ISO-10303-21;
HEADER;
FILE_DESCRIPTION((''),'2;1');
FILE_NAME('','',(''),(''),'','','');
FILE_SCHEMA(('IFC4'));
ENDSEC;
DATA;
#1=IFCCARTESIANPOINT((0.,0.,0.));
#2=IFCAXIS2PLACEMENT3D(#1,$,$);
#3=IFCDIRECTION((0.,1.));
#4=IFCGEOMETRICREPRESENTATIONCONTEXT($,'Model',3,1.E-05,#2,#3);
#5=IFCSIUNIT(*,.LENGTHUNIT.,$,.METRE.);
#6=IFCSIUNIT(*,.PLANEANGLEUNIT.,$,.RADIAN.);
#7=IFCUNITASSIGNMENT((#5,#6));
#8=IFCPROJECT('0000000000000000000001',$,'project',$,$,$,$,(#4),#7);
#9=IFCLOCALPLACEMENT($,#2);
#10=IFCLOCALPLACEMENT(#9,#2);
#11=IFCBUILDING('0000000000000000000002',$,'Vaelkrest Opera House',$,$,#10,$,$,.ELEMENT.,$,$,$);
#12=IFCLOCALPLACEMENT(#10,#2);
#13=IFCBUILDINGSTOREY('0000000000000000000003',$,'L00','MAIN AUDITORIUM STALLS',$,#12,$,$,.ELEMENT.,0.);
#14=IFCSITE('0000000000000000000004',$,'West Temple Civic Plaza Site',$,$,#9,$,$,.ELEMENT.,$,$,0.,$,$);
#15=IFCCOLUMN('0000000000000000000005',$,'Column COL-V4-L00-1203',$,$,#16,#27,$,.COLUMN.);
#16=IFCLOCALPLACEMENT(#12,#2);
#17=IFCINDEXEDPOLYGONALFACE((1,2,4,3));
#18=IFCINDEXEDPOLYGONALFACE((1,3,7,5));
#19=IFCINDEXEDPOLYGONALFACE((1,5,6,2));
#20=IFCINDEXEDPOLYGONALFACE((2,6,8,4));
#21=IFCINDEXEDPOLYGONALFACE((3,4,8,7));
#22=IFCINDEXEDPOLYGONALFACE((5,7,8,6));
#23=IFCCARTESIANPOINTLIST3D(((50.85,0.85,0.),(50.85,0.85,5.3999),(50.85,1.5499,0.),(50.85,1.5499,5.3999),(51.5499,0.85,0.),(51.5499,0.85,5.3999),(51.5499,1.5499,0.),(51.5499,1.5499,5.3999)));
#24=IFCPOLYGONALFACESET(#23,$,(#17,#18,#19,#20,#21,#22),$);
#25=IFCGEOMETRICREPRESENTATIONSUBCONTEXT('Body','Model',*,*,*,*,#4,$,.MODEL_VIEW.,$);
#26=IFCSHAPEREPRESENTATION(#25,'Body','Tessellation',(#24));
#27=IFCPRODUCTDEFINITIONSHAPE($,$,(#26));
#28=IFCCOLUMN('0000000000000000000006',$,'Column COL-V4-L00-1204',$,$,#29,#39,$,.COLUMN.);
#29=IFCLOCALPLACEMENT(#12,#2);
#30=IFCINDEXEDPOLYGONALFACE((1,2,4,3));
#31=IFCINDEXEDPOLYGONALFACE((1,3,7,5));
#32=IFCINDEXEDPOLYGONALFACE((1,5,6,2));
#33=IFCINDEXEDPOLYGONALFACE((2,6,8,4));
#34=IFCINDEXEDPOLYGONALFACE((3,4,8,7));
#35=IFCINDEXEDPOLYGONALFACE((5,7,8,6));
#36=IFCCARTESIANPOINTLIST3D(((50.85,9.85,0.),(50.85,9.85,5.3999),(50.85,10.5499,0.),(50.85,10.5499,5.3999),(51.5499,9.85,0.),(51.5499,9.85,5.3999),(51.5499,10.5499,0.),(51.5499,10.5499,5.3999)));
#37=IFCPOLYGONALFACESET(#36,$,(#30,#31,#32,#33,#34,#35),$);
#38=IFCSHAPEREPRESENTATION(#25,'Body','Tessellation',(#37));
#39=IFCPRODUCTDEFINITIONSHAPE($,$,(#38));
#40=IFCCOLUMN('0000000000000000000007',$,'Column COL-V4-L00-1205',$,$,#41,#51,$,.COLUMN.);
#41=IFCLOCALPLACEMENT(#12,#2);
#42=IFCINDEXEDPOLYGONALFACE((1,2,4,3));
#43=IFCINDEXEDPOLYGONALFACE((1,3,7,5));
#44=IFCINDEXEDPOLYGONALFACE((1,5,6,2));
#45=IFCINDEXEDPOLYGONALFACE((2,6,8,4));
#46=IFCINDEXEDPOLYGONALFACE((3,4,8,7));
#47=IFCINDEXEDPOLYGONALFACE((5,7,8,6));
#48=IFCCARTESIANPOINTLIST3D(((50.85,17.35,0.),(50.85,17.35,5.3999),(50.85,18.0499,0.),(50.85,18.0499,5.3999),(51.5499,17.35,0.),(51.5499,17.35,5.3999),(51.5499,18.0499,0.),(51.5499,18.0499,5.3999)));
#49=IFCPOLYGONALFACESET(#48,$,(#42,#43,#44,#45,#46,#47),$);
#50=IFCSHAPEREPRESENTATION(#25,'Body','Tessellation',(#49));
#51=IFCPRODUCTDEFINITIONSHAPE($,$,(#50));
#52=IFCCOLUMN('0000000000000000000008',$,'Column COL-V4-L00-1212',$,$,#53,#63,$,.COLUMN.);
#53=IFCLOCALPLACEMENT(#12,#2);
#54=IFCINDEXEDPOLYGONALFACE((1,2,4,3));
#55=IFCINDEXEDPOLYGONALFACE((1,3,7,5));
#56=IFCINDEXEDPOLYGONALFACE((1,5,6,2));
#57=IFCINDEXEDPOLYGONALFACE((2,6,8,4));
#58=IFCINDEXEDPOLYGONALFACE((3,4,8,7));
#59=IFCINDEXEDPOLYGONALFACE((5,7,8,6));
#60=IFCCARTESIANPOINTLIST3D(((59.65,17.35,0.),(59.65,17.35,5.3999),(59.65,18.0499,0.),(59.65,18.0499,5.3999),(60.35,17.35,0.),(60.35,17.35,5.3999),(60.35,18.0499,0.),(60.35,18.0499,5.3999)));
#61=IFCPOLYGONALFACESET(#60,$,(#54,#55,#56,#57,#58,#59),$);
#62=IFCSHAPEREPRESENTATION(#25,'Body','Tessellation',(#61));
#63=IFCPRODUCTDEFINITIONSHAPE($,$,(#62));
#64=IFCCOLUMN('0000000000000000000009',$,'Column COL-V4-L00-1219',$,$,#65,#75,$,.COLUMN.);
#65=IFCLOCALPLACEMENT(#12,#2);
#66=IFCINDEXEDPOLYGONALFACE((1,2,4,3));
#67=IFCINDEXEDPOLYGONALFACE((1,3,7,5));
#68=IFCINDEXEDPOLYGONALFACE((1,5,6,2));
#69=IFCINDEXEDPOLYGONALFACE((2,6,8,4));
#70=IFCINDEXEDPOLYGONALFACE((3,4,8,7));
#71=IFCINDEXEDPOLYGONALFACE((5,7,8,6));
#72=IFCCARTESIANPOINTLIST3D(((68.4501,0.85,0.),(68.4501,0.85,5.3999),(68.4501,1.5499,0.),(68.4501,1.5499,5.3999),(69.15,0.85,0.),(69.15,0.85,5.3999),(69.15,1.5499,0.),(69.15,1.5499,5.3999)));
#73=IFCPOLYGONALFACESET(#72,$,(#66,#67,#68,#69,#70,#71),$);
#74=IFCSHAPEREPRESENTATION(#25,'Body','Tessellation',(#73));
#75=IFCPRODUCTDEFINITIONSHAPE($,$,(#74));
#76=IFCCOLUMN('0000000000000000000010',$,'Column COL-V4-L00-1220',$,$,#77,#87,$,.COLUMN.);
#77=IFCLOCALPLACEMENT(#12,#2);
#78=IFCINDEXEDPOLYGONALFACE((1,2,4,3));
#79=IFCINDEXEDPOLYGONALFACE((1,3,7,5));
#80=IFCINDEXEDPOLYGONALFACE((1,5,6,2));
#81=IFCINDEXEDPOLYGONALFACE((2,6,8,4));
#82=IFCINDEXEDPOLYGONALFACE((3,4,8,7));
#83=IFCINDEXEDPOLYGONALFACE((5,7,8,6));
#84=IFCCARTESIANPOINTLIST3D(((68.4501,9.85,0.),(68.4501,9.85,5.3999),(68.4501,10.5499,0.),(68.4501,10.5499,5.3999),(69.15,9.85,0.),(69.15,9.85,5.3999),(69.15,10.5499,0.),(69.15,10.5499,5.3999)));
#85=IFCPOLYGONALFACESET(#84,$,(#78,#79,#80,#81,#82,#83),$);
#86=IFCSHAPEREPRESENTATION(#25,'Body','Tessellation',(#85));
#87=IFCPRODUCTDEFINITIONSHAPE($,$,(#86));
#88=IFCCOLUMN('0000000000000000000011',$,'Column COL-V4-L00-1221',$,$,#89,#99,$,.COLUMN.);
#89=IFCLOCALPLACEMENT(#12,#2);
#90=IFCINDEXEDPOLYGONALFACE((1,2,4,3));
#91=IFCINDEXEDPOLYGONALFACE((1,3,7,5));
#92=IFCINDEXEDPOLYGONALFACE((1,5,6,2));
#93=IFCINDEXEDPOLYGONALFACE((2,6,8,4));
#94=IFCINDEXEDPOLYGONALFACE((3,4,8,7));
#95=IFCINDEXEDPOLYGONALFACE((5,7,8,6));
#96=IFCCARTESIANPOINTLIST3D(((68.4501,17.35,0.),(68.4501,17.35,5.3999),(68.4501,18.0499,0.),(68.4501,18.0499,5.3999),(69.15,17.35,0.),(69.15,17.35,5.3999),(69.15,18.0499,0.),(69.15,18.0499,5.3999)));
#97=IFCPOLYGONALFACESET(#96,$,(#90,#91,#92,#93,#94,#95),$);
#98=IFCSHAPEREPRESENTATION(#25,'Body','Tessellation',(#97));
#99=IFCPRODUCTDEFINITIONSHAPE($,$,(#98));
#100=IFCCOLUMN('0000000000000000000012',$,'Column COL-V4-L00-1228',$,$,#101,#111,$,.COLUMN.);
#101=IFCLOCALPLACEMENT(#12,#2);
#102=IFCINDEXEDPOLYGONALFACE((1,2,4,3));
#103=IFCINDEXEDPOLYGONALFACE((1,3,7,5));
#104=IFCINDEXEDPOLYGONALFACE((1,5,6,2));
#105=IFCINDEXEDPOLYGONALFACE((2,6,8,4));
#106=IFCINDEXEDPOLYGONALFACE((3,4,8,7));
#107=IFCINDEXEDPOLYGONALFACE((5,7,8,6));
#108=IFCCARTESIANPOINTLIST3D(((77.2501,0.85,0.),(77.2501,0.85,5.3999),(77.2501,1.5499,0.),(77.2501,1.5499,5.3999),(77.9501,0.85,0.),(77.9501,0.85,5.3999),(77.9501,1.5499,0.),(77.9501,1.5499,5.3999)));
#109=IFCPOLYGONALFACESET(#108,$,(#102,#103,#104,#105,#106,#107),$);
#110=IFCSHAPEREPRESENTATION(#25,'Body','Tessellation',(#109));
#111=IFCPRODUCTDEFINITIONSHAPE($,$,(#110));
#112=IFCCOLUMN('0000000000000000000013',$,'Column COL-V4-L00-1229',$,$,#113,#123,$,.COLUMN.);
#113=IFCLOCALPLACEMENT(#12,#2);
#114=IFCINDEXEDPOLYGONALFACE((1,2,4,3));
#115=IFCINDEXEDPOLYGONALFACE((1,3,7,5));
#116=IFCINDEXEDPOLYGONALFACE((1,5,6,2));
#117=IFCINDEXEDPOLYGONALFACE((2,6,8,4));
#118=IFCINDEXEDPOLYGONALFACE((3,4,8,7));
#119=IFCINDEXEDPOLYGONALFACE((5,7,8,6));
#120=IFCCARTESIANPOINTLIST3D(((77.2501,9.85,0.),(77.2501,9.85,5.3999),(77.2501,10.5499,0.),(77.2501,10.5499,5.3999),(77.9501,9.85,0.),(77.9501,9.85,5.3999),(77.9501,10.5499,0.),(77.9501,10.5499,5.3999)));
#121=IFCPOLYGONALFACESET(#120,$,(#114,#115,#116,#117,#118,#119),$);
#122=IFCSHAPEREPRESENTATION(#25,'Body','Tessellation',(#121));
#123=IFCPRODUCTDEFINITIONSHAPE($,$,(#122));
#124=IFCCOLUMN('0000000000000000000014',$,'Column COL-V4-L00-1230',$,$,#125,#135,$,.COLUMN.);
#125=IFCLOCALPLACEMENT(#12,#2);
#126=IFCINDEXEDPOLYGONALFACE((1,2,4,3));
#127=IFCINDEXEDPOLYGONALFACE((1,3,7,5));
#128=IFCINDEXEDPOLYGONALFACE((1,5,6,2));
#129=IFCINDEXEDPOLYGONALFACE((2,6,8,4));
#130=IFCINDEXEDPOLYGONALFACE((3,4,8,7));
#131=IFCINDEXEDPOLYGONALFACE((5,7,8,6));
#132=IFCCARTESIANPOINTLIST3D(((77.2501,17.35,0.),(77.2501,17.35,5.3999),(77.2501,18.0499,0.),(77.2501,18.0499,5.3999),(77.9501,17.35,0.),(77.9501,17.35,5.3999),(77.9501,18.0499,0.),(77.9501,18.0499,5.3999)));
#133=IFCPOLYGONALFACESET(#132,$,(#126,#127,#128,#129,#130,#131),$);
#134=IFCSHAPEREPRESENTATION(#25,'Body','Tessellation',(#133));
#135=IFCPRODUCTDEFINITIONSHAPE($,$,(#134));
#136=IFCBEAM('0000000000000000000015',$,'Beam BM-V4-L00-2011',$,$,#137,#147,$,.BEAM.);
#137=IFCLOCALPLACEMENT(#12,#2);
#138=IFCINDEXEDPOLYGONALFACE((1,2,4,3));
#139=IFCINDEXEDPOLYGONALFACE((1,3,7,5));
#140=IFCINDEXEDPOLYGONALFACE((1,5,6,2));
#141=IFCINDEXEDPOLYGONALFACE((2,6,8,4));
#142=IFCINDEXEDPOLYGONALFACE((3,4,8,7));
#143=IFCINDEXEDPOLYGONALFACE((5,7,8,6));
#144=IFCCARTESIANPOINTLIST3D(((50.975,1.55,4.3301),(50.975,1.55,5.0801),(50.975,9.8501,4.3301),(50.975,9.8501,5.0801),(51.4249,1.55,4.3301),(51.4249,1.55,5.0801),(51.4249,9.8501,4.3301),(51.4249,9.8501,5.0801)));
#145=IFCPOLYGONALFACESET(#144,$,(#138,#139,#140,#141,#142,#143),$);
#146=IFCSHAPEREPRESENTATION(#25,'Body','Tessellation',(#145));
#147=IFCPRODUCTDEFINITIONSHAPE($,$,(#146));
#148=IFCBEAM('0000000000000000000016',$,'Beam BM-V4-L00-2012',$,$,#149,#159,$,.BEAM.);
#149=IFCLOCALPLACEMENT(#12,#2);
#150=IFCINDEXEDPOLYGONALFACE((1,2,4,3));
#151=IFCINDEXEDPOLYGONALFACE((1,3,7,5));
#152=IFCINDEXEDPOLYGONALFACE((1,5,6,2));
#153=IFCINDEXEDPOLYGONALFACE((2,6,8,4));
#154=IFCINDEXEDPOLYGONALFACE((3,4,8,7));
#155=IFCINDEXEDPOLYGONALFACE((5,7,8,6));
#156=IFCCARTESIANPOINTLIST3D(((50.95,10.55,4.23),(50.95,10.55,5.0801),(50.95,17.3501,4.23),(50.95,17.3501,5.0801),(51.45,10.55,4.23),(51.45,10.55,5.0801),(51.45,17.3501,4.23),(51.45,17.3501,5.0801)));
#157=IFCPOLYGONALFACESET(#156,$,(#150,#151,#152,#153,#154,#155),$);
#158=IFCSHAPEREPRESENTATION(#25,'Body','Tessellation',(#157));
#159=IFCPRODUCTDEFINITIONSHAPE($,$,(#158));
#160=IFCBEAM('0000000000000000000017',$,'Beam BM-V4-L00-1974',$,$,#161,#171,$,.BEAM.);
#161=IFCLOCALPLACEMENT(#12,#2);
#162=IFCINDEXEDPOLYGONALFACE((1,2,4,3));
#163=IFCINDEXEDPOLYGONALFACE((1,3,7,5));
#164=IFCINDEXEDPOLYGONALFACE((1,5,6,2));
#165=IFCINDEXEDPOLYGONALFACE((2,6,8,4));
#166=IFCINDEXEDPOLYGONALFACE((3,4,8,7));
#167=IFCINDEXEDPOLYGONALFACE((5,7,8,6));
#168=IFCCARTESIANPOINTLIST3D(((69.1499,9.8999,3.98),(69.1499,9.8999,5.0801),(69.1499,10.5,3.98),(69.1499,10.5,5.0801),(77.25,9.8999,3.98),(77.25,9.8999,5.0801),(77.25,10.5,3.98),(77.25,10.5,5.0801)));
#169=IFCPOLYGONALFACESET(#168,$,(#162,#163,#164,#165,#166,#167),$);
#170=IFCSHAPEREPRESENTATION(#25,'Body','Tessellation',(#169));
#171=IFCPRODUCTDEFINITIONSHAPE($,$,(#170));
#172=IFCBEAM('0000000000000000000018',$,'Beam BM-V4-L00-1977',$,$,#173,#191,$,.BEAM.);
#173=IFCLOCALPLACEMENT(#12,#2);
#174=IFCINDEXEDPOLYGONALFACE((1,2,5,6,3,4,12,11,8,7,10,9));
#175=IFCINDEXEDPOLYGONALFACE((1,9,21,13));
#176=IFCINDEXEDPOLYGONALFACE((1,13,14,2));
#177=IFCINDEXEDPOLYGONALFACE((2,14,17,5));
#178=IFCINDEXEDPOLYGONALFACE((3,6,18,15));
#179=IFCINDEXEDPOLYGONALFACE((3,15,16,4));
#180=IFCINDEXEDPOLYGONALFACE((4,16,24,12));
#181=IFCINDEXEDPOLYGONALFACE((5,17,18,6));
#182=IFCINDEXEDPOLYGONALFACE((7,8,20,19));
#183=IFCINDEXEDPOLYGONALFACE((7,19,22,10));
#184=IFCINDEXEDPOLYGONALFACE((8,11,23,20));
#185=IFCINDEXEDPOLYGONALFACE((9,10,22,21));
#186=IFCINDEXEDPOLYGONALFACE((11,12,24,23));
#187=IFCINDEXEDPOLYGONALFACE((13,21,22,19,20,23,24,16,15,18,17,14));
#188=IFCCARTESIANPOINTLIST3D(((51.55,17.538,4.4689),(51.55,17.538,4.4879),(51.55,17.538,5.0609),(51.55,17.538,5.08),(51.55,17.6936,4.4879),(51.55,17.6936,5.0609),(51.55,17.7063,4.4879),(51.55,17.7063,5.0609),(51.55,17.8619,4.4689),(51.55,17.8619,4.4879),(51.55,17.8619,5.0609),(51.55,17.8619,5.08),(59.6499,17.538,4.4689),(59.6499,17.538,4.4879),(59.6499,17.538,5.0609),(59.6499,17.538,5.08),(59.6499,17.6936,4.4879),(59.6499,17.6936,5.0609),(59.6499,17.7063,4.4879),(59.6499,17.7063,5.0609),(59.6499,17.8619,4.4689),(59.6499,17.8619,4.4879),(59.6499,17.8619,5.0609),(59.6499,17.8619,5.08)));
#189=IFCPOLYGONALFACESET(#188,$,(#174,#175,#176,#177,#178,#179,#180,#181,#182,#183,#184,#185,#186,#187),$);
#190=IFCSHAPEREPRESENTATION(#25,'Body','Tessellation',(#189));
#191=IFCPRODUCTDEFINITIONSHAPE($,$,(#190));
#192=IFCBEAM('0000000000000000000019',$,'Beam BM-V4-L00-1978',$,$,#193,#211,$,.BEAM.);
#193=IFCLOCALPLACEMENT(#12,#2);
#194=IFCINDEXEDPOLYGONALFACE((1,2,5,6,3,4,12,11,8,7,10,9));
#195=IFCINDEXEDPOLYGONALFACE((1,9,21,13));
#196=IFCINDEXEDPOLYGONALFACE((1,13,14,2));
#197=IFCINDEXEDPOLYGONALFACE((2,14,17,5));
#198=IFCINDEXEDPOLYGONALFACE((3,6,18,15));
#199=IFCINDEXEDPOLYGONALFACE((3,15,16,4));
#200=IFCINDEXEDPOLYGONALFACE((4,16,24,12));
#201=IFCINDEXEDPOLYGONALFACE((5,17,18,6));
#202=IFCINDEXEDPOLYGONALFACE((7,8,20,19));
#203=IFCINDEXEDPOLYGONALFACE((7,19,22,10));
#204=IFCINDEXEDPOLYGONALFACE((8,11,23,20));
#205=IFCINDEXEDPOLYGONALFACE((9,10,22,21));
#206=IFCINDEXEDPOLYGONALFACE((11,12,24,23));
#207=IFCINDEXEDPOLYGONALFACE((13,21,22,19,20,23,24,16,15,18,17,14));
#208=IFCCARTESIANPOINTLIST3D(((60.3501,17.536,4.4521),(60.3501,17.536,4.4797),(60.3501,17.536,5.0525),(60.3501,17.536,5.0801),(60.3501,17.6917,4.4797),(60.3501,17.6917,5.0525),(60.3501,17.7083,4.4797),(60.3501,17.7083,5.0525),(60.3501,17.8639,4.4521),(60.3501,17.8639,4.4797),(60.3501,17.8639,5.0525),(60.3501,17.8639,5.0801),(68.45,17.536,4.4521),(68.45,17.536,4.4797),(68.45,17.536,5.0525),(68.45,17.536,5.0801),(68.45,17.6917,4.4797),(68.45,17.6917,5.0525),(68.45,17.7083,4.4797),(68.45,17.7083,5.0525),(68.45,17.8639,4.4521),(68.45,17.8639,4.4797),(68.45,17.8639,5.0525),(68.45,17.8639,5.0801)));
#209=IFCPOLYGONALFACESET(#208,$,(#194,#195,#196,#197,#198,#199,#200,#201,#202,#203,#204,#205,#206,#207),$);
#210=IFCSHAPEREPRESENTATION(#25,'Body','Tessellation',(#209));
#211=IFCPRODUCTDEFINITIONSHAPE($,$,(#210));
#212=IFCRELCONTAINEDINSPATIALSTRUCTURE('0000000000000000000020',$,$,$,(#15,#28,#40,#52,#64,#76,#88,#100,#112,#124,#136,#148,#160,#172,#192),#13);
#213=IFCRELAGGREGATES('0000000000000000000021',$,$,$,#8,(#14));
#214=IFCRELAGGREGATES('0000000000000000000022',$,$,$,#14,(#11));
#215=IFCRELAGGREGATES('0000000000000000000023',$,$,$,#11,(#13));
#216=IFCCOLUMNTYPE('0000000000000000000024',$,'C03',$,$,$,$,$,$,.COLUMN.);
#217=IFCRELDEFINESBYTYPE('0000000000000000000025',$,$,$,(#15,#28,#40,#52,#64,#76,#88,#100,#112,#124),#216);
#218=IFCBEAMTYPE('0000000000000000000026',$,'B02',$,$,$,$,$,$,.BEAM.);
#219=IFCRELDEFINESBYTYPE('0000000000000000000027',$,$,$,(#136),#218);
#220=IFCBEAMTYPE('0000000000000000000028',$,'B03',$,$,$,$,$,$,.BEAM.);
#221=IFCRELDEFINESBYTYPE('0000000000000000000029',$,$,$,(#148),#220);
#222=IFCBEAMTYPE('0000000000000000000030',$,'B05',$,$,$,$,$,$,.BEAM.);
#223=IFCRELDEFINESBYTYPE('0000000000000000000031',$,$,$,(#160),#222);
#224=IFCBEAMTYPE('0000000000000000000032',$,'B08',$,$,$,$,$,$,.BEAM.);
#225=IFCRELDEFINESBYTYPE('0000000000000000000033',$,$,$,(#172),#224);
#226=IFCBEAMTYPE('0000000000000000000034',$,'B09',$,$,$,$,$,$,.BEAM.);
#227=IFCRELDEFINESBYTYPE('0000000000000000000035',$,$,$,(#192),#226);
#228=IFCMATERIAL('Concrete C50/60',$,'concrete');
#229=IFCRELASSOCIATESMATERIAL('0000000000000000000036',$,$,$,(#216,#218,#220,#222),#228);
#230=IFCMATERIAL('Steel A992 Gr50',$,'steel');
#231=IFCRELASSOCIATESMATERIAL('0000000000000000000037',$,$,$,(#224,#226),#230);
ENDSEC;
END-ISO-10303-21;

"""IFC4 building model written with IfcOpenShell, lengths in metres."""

from ifc_helpers import new_model, si_unit, direction, frame, origin, origin_2d, place, context, subcontext, project, spatial, rectangle, i_section, extrude, material, material_profile, profile_set, type_object, element, save


model = new_model("IFC4")

# Units and contexts
model_context = context("Model", 3, precision=1e-05, world=origin(), true_north=direction((0.0, 1.0)))
body_context = subcontext(model_context, "Body", "Model", "MODEL_VIEW")
ifc_project = project(units=[si_unit("LENGTHUNIT", "METRE"), si_unit("PLANEANGLEUNIT", "RADIAN")], contexts=[model_context])

# Site, building, storey
site_placement = place(None, origin())
site = spatial("IfcSite", under=ifc_project, at=site_placement, Name="West Temple Civic Plaza Site", CompositionType="ELEMENT", RefElevation=0.0)
building_placement = place(site_placement, origin())
building = spatial("IfcBuilding", under=site, at=building_placement, Name="Vaelkrest Opera House", CompositionType="ELEMENT")
storey_placement = place(building_placement, origin())
storey = spatial("IfcBuildingStorey", under=building, at=storey_placement, Name="L00", Description="MAIN AUDITORIUM STALLS", CompositionType="ELEMENT", Elevation=0.0)

# Columns
ifc_material_1 = material(Name="Concrete C50/60", Category="concrete")
ifc_material_profile_1 = material_profile(ifc_material_1, rectangle(XDim=0.7, YDim=0.7, at=origin_2d()), Name="RC700X700")
ifc_profile_set_1 = profile_set([ifc_material_profile_1], Name="Concrete C50/60")
column_type = type_object("IfcColumnType", Name="C03", PredefinedType="COLUMN", material=ifc_profile_set_1)
for number, where, z_axis, x_axis, name in (
    (1, (51.2, 1.2, 0.0), (0.0, 0.0, 1.0), (1.0, 0.0, 0.0), "Column COL-V4-L00-1203"),
    (2, (51.2, 10.2, 0.0), (0.0, 0.0, 1.0), (1.0, 0.0, 0.0), "Column COL-V4-L00-1204"),
    (3, (51.2, 17.7, 0.0), (0.0, 0.0, 1.0), (1.0, 0.0, 0.0), "Column COL-V4-L00-1205"),
    (4, (60.0, 17.7, 0.0), (0.0, 0.0, 1.0), (1.0, 0.0, 0.0), "Column COL-V4-L00-1212"),
    (5, (68.8, 1.2, 0.0), (0.0, 0.0, 1.0), (1.0, 0.0, 0.0), "Column COL-V4-L00-1219"),
    (6, (68.8, 10.2, 0.0), (0.0, 0.0, 1.0), (1.0, 0.0, 0.0), "Column COL-V4-L00-1220"),
    (7, (68.8, 17.7, 0.0), (0.0, 0.0, 1.0), (1.0, 0.0, 0.0), "Column COL-V4-L00-1221"),
    (8, (77.6001, 1.2, 0.0), (0.0, 0.0, 1.0), (1.0, 0.0, 0.0), "Column COL-V4-L00-1228"),
    (9, (77.6001, 10.2, 0.0), (0.0, 0.0, 1.0), (1.0, 0.0, 0.0), "Column COL-V4-L00-1229"),
    (10, (77.6001, 17.7, 0.0), (0.0, 0.0, 1.0), (1.0, 0.0, 0.0), "Column COL-V4-L00-1230"),
):
    element("IfcColumn", number, at=place(storey_placement, frame(where, z_axis=z_axis, x_axis=x_axis)), inside=storey, type_object=column_type, Name=name, PredefinedType="COLUMN", context=body_context, shape_type="SweptSolid", body=[
        extrude(rectangle(XDim=0.7, YDim=0.7, at=origin_2d()), origin(), (0.0, 0.0, 1.0), 5.3999),
    ])

# Beams
ifc_material_profile_2 = material_profile(ifc_material_1, rectangle(XDim=0.45, YDim=0.75, at=origin_2d()), Name="RCB450X750")
ifc_profile_set_2 = profile_set([ifc_material_profile_2], Name="Concrete C50/60")
beam_type_1 = type_object("IfcBeamType", Name="B02", PredefinedType="BEAM", material=ifc_profile_set_2)
beam_1_placement = place(storey_placement, frame((51.2, 1.55, 4.7051), z_axis=(0.0, 1.0, 0.0), x_axis=(-1.0, 0.0, 0.0)))
element("IfcBeam", 11, at=beam_1_placement, inside=storey, type_object=beam_type_1, Name="Beam BM-V4-L00-2011", PredefinedType="BEAM", context=body_context, shape_type="SweptSolid", body=[
    extrude(rectangle(XDim=0.45, YDim=0.75, at=origin_2d()), origin(), (0.0, 0.0, 1.0), 8.3),
])
ifc_material_profile_3 = material_profile(ifc_material_1, rectangle(XDim=0.5, YDim=0.8501, at=origin_2d()), Name="RCB500X850")
ifc_profile_set_3 = profile_set([ifc_material_profile_3], Name="Concrete C50/60")
beam_type_2 = type_object("IfcBeamType", Name="B03", PredefinedType="BEAM", material=ifc_profile_set_3)
beam_2_placement = place(storey_placement, frame((51.2, 10.55, 4.655), z_axis=(0.0, 1.0, 0.0), x_axis=(-1.0, 0.0, 0.0)))
element("IfcBeam", 12, at=beam_2_placement, inside=storey, type_object=beam_type_2, Name="Beam BM-V4-L00-2012", PredefinedType="BEAM", context=body_context, shape_type="SweptSolid", body=[
    extrude(rectangle(XDim=0.5, YDim=0.8501, at=origin_2d()), origin(), (0.0, 0.0, 1.0), 6.8),
])
ifc_material_profile_4 = material_profile(ifc_material_1, rectangle(XDim=0.6001, YDim=1.1001, at=origin_2d()), Name="RCB600X1100")
ifc_profile_set_4 = profile_set([ifc_material_profile_4], Name="Concrete C50/60")
beam_type_3 = type_object("IfcBeamType", Name="B05", PredefinedType="BEAM", material=ifc_profile_set_4)
beam_3_placement = place(storey_placement, frame((69.1499, 10.2, 4.53), z_axis=(1.0, 0.0, 0.0), x_axis=(0.0, 1.0, 0.0)))
element("IfcBeam", 13, at=beam_3_placement, inside=storey, type_object=beam_type_3, Name="Beam BM-V4-L00-1974", PredefinedType="BEAM", context=body_context, shape_type="SweptSolid", body=[
    extrude(rectangle(XDim=0.6001, YDim=1.1001, at=origin_2d()), origin(), (0.0, 0.0, 1.0), 8.1001),
])
ifc_material_2 = material(Name="Steel A992 Gr50", Category="steel")
ifc_material_profile_5 = material_profile(ifc_material_2, i_section(OverallWidth=0.324, OverallDepth=0.6111, WebThickness=0.0127, FlangeThickness=0.019, at=origin_2d()), Name="W24X104")
ifc_profile_set_5 = profile_set([ifc_material_profile_5], Name="Steel A992 Gr50")
beam_type_4 = type_object("IfcBeamType", Name="B08", PredefinedType="BEAM", material=ifc_profile_set_5)
beam_4_placement = place(storey_placement, frame((51.55, 17.7, 4.7744), z_axis=(1.0, 0.0, 0.0), x_axis=(0.0, 1.0, 0.0)))
element("IfcBeam", 14, at=beam_4_placement, inside=storey, type_object=beam_type_4, Name="Beam BM-V4-L00-1977", PredefinedType="BEAM", context=body_context, shape_type="SweptSolid", body=[
    extrude(i_section(OverallWidth=0.324, OverallDepth=0.6111, WebThickness=0.0127, FlangeThickness=0.019, at=origin_2d()), origin(), (0.0, 0.0, 1.0), 8.0999),
])
ifc_material_profile_6 = material_profile(ifc_material_2, i_section(OverallWidth=0.3279, OverallDepth=0.6279, WebThickness=0.0166, FlangeThickness=0.0276, at=origin_2d()), Name="W24X146")
ifc_profile_set_6 = profile_set([ifc_material_profile_6], Name="Steel A992 Gr50")
beam_type_5 = type_object("IfcBeamType", Name="B09", PredefinedType="BEAM", material=ifc_profile_set_6)
beam_5_placement = place(storey_placement, frame((60.3501, 17.7, 4.7661), z_axis=(1.0, 0.0, 0.0), x_axis=(0.0, 1.0, 0.0)))
element("IfcBeam", 15, at=beam_5_placement, inside=storey, type_object=beam_type_5, Name="Beam BM-V4-L00-1978", PredefinedType="BEAM", context=body_context, shape_type="SweptSolid", body=[
    extrude(i_section(OverallWidth=0.3279, OverallDepth=0.6279, WebThickness=0.0166, FlangeThickness=0.0276, at=origin_2d()), origin(), (0.0, 0.0, 1.0), 8.0999),
])

save(model, "model.ifc")
